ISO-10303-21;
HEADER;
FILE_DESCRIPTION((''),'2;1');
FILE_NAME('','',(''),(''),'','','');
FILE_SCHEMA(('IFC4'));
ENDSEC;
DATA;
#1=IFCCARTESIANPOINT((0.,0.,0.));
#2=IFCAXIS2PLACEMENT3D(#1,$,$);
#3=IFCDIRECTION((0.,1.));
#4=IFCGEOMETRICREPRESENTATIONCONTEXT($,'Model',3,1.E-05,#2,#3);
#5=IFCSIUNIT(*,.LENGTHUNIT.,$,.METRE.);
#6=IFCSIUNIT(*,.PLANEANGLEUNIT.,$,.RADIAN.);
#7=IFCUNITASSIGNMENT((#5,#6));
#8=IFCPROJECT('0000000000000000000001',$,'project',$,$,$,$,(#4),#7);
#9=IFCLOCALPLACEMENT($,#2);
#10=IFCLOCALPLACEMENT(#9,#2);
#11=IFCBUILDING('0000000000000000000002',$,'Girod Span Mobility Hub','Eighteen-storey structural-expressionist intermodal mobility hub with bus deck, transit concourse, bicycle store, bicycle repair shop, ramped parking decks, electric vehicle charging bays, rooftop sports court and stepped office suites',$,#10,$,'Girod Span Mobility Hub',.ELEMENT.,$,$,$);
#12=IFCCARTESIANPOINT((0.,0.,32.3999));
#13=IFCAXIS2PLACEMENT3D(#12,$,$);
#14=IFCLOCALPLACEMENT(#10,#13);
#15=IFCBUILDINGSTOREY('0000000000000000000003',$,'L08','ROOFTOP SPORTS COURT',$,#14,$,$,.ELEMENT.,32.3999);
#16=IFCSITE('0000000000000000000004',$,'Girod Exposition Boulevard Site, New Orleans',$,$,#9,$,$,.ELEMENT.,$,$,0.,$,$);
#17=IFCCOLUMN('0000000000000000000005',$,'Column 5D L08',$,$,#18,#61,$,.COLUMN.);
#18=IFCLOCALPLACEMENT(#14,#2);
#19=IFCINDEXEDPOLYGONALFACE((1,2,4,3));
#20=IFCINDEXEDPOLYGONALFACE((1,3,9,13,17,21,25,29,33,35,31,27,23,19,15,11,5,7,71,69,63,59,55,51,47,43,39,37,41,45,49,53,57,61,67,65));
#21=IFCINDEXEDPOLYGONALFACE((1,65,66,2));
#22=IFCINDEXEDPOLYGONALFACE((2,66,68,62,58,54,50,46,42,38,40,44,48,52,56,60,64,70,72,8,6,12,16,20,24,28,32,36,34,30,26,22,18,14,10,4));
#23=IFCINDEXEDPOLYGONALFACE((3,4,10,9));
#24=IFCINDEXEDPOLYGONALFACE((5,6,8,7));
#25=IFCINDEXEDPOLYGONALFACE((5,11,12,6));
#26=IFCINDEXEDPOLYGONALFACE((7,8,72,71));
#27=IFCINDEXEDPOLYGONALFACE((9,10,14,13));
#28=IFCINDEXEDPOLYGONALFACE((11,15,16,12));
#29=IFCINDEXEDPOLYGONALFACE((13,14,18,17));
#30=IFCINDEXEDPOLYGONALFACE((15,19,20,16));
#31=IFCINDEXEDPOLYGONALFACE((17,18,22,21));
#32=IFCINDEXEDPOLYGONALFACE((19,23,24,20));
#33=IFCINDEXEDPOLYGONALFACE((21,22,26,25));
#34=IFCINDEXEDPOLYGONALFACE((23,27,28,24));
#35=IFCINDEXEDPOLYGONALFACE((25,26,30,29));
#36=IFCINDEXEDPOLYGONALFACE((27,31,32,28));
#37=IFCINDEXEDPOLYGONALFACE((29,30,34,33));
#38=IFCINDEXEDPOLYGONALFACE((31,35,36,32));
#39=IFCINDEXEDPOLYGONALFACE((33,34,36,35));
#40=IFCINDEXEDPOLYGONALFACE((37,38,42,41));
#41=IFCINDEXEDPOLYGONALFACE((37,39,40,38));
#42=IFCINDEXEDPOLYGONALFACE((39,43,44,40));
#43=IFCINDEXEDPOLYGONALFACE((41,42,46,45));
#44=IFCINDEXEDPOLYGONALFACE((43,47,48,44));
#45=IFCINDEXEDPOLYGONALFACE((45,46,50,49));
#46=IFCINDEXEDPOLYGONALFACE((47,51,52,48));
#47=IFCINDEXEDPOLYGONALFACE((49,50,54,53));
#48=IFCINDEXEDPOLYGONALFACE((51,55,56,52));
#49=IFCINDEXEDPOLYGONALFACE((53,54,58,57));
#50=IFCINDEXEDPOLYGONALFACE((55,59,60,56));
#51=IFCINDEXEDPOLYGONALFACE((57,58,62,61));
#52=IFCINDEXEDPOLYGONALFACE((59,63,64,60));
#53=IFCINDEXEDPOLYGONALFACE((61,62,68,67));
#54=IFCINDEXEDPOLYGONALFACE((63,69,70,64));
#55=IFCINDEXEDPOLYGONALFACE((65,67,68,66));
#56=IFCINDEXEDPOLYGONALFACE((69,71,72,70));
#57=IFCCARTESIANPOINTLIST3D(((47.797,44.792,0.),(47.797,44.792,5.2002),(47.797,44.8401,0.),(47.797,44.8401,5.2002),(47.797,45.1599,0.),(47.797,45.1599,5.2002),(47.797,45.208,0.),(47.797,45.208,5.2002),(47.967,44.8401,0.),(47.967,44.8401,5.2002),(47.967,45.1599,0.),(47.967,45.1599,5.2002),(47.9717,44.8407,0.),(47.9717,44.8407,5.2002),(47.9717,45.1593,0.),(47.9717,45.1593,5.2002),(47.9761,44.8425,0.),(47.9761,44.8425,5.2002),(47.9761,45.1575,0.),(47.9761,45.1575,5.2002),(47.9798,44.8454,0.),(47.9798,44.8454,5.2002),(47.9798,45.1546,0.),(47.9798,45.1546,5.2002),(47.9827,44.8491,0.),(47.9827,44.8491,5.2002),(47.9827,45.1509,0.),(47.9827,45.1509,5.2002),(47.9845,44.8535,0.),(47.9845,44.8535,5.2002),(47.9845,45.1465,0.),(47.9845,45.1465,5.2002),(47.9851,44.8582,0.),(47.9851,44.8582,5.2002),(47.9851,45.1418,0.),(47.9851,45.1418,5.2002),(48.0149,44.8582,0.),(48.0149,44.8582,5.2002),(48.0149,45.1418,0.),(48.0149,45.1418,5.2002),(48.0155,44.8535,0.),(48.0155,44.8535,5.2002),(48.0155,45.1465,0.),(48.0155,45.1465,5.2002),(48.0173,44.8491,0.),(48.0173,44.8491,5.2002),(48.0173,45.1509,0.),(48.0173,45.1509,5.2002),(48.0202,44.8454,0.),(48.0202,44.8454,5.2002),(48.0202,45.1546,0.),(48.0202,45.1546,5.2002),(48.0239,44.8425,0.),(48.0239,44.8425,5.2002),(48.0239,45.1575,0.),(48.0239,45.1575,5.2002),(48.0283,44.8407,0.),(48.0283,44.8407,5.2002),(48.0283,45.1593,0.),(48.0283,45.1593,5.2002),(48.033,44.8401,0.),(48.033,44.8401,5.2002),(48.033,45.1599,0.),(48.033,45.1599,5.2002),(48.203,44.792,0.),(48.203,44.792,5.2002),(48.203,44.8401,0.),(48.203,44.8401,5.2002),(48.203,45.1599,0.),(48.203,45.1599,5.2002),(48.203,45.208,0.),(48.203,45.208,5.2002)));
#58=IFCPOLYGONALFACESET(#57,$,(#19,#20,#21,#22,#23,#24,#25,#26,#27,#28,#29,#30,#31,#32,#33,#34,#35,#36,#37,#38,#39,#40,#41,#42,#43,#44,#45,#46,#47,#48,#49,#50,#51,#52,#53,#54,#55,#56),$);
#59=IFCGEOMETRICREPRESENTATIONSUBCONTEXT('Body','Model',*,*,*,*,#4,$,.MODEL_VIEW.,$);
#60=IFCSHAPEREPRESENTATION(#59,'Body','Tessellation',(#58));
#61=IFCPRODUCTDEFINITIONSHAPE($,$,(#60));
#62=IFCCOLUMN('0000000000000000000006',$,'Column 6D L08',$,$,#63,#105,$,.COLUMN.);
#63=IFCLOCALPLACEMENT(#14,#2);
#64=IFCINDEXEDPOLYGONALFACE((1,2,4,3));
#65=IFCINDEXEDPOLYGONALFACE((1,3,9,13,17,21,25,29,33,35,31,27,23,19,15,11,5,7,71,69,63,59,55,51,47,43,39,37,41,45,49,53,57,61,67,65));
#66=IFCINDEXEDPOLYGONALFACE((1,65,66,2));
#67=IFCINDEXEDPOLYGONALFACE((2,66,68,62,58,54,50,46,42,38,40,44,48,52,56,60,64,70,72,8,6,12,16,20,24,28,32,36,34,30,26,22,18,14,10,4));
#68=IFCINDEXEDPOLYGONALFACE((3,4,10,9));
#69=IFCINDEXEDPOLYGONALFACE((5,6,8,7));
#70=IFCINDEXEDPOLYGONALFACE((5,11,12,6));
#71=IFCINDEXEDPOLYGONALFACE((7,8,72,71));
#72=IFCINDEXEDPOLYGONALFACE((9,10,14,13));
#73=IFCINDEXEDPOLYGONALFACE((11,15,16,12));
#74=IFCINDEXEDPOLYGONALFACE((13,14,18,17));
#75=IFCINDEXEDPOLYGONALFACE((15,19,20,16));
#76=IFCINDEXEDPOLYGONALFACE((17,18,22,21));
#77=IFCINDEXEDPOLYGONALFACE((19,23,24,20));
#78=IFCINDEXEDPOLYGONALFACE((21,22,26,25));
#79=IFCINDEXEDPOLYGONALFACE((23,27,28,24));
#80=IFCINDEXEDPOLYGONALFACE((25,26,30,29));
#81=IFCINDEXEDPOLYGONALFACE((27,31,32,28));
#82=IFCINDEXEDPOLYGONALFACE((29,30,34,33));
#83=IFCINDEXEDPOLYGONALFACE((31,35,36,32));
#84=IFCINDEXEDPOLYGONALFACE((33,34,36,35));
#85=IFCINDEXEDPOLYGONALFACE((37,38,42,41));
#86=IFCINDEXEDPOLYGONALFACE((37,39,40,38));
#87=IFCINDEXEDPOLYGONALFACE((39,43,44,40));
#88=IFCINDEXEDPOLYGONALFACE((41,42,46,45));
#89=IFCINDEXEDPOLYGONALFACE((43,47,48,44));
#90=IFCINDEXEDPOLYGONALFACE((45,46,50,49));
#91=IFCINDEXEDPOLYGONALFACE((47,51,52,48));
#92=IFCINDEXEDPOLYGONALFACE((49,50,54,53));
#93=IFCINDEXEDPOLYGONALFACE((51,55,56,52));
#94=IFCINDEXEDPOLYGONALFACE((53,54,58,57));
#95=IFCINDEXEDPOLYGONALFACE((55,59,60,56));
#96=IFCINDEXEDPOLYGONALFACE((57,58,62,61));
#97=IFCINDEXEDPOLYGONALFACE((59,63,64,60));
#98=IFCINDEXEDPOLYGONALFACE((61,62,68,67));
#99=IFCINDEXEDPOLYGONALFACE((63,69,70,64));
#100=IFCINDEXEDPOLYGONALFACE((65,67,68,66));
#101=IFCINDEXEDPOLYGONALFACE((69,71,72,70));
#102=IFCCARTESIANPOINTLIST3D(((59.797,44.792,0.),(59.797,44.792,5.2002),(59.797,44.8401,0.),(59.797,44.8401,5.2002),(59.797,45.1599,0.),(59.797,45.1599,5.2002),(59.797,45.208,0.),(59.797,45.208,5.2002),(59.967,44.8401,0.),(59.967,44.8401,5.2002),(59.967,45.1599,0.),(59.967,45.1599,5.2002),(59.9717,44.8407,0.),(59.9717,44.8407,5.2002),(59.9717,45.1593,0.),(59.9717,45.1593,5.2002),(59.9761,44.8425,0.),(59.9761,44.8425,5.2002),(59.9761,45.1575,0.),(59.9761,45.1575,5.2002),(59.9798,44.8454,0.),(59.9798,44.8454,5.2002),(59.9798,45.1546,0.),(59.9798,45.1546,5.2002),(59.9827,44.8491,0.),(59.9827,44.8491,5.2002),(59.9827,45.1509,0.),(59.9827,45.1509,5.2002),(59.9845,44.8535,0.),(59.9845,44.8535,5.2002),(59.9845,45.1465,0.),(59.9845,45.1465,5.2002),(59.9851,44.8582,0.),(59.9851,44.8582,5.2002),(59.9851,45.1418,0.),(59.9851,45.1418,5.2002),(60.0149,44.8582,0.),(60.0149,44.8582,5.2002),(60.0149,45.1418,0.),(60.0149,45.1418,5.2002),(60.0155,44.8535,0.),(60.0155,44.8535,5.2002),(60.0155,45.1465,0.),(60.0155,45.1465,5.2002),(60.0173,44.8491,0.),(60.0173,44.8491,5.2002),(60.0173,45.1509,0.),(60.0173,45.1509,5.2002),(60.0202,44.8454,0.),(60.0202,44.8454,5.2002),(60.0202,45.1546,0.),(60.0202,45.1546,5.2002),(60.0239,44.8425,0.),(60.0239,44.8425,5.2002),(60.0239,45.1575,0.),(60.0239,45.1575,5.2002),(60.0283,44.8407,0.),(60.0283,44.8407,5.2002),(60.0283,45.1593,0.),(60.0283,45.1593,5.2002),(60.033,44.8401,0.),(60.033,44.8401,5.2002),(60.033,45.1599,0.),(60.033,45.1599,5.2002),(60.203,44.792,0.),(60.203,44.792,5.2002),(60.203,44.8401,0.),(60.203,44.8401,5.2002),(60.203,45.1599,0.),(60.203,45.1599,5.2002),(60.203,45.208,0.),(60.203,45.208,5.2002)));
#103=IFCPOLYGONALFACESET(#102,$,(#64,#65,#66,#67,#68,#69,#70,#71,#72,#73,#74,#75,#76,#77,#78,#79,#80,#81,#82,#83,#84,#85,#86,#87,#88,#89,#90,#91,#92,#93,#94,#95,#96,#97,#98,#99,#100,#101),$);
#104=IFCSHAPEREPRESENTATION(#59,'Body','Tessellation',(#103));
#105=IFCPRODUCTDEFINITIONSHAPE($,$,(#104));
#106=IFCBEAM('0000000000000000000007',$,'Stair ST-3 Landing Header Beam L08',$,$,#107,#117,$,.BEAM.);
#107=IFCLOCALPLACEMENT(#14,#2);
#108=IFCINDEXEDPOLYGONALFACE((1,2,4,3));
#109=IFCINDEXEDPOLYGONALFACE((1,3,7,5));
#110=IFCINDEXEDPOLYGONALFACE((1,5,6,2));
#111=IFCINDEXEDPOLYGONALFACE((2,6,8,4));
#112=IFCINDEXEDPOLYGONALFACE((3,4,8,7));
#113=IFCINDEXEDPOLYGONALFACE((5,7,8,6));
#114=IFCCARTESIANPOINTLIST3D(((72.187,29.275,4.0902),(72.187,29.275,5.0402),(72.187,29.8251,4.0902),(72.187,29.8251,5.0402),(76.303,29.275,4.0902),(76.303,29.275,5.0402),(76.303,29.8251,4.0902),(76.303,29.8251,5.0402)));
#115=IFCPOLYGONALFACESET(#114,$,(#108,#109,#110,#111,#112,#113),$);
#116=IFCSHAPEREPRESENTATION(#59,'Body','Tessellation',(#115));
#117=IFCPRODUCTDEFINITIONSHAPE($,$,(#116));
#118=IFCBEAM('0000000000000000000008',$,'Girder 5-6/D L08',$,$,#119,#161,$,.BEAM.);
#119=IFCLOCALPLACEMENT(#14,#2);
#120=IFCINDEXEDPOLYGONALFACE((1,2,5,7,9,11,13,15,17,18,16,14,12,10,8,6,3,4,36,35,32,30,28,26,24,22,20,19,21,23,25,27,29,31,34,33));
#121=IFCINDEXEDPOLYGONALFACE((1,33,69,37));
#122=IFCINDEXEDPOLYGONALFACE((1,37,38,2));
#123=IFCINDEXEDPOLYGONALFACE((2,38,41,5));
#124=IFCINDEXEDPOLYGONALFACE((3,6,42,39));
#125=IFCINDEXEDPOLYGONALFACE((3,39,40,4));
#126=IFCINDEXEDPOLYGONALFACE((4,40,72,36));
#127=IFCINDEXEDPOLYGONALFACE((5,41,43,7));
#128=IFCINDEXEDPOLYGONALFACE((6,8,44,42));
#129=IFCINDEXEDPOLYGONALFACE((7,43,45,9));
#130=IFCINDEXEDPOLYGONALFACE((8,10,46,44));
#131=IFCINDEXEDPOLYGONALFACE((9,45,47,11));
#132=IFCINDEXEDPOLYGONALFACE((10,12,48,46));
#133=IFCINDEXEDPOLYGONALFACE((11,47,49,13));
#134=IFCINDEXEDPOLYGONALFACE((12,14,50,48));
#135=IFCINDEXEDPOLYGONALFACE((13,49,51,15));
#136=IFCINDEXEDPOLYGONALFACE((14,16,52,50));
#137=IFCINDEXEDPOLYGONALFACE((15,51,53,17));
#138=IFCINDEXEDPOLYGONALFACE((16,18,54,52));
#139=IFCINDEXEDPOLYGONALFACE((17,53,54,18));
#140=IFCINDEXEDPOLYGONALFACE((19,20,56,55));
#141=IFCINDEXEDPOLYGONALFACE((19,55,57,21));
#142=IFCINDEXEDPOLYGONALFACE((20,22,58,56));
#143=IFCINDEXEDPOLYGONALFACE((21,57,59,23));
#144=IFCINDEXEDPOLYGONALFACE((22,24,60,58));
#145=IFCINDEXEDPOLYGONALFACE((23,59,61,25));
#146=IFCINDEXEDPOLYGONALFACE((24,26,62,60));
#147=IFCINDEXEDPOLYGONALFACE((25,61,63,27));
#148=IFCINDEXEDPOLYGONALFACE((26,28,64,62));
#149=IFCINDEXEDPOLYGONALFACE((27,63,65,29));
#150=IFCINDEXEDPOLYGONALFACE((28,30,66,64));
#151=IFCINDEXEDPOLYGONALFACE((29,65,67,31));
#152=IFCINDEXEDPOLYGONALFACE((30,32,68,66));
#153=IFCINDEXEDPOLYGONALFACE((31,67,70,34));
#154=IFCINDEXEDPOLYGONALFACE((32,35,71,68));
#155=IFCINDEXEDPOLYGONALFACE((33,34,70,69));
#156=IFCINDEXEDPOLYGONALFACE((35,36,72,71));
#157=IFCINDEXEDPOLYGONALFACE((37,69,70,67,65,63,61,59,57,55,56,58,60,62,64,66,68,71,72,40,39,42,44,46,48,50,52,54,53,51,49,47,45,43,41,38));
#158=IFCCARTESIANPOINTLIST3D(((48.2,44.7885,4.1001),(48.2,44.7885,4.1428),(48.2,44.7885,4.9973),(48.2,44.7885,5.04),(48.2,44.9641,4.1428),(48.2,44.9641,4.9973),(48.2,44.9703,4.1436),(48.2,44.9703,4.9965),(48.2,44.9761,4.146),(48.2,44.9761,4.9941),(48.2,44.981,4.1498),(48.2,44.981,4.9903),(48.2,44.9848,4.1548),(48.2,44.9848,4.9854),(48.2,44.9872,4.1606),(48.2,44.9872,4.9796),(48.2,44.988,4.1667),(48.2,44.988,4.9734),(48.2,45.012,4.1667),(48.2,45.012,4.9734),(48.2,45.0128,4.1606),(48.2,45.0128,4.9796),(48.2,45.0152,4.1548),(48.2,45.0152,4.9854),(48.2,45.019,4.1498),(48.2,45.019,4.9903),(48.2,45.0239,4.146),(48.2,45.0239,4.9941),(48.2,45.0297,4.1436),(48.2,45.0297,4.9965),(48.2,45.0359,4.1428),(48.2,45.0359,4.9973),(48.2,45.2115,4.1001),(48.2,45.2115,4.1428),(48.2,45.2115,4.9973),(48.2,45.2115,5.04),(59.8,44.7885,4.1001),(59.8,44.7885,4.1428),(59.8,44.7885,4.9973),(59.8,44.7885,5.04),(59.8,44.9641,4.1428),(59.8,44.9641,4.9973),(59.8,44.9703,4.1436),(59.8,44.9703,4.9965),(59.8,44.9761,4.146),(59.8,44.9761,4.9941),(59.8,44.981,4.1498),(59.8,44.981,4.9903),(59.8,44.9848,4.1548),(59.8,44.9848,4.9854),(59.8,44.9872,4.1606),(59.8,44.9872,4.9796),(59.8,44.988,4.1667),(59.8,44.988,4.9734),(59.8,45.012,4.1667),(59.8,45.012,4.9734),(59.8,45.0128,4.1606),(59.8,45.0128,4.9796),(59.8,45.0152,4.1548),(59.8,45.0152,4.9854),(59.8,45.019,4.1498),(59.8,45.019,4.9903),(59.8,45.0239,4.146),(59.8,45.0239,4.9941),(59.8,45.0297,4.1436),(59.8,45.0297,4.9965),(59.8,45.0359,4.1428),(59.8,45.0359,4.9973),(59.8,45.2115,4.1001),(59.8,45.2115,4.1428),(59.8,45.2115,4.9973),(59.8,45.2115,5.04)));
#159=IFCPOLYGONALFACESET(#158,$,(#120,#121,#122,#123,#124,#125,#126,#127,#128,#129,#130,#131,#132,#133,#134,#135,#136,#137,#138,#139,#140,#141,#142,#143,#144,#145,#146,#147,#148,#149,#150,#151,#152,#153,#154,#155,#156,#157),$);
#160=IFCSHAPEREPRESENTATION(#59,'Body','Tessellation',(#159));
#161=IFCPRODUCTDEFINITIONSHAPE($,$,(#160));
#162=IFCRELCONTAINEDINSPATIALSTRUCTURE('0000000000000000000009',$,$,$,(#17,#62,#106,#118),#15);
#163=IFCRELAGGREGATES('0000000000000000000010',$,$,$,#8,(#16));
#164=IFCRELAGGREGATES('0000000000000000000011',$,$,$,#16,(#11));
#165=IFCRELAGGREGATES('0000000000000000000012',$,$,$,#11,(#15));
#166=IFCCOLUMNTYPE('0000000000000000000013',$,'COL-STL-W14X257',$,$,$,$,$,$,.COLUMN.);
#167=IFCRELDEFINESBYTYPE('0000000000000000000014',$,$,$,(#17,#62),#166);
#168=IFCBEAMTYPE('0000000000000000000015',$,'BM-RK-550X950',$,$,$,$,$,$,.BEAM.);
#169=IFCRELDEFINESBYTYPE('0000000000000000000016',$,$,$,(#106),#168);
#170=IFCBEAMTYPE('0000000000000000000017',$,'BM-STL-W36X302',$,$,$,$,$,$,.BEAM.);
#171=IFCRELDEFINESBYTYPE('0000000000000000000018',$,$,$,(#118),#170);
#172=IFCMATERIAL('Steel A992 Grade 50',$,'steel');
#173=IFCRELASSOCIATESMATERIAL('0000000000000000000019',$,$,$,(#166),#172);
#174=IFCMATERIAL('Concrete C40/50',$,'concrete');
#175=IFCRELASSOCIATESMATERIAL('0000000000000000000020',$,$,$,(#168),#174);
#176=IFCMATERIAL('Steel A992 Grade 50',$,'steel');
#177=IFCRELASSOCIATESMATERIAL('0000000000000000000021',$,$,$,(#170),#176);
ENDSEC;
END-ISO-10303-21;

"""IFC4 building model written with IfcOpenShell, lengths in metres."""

from ifc_helpers import new_model, si_unit, direction, frame, origin, origin_2d, place, context, subcontext, project, spatial, rectangle, i_section, extrude, material, material_profile, profile_set, type_object, element, save


model = new_model("IFC4")

# Units and contexts
model_context = context("Model", 3, precision=1e-05, world=origin(), true_north=direction((0.0, 1.0)))
body_context = subcontext(model_context, "Body", "Model", "MODEL_VIEW")
ifc_project = project(units=[si_unit("LENGTHUNIT", "METRE"), si_unit("PLANEANGLEUNIT", "RADIAN")], contexts=[model_context])

# Site, building, storey
site_placement = place(None, origin())
site = spatial("IfcSite", under=ifc_project, at=site_placement, Name="Girod Exposition Boulevard Site, New Orleans", CompositionType="ELEMENT", RefElevation=0.0)
building_placement = place(site_placement, origin())
building = spatial("IfcBuilding", under=site, at=building_placement, Name="Girod Span Mobility Hub", Description="Eighteen-storey structural-expressionist intermodal mobility hub with bus deck, transit concourse, bicycle store, bicycle repair shop, ramped parking decks, electric vehicle charging bays, rooftop sports court and stepped office suites", LongName="Girod Span Mobility Hub", CompositionType="ELEMENT")
storey_placement = place(building_placement, frame((0.0, 0.0, 32.3999)))
storey = spatial("IfcBuildingStorey", under=building, at=storey_placement, Name="L08", Description="ROOFTOP SPORTS COURT", CompositionType="ELEMENT", Elevation=32.3999)

# Columns
ifc_material_1 = material(Name="Steel A992 Grade 50", Category="steel")
ifc_material_profile_1 = material_profile(ifc_material_1, i_section(OverallWidth=0.406, OverallDepth=0.416, WebThickness=0.0298, FlangeThickness=0.0481, FilletRadius=0.0181, at=origin_2d()), Name="W14X257")
ifc_profile_set_1 = profile_set([ifc_material_profile_1], Name="Steel A992 Grade 50")
column_type = type_object("IfcColumnType", Name="COL-STL-W14X257", PredefinedType="COLUMN", material=ifc_profile_set_1)
for number, where, z_axis, x_axis, name in (
    (1, (48.0, 45.0, 0.0), (0.0, 0.0, 1.0), (1.0, 0.0, 0.0), "Column 5D L08"),
    (2, (60.0, 45.0, 0.0), (0.0, 0.0, 1.0), (1.0, 0.0, 0.0), "Column 6D L08"),
):
    element("IfcColumn", number, at=place(storey_placement, frame(where, z_axis=z_axis, x_axis=x_axis)), inside=storey, type_object=column_type, Name=name, PredefinedType="COLUMN", context=body_context, shape_type="SweptSolid", body=[
        extrude(i_section(OverallWidth=0.406, OverallDepth=0.416, WebThickness=0.0298, FlangeThickness=0.0481, FilletRadius=0.0181, at=origin_2d()), origin(), (0.0, 0.0, 1.0), 5.2002),
    ])

# Beams
ifc_material_2 = material(Name="Concrete C40/50", Category="concrete")
ifc_material_profile_2 = material_profile(ifc_material_2, rectangle(XDim=0.55, YDim=0.95, at=origin_2d()), Name="RK-550X950")
ifc_profile_set_2 = profile_set([ifc_material_profile_2], Name="Concrete C40/50")
beam_type_1 = type_object("IfcBeamType", Name="BM-RK-550X950", PredefinedType="BEAM", material=ifc_profile_set_2)
beam_1_placement = place(storey_placement, frame((72.187, 29.55, 4.5652), z_axis=(1.0, 0.0, 0.0), x_axis=(0.0, 1.0, 0.0)))
element("IfcBeam", 3, at=beam_1_placement, inside=storey, type_object=beam_type_1, Name="Stair ST-3 Landing Header Beam L08", PredefinedType="BEAM", context=body_context, shape_type="SweptSolid", body=[
    extrude(rectangle(XDim=0.55, YDim=0.95, at=origin_2d()), origin(), (0.0, 0.0, 1.0), 4.116),
])
ifc_material_3 = material(Name="Steel A992 Grade 50", Category="steel")
ifc_material_profile_3 = material_profile(ifc_material_3, i_section(OverallWidth=0.4231, OverallDepth=0.9399, WebThickness=0.0239, FlangeThickness=0.0427, FilletRadius=0.0239, at=origin_2d()), Name="W36X302")
ifc_profile_set_3 = profile_set([ifc_material_profile_3], Name="Steel A992 Grade 50")
beam_type_2 = type_object("IfcBeamType", Name="BM-STL-W36X302", PredefinedType="BEAM", material=ifc_profile_set_3)
beam_2_placement = place(storey_placement, frame((48.2, 45.0, 4.5701), z_axis=(1.0, 0.0, 0.0), x_axis=(0.0, 1.0, 0.0)))
element("IfcBeam", 4, at=beam_2_placement, inside=storey, type_object=beam_type_2, Name="Girder 5-6/D L08", PredefinedType="BEAM", context=body_context, shape_type="SweptSolid", body=[
    extrude(i_section(OverallWidth=0.4231, OverallDepth=0.9399, WebThickness=0.0239, FlangeThickness=0.0427, FilletRadius=0.0239, at=origin_2d()), origin(), (0.0, 0.0, 1.0), 11.6001),
])

save(model, "model.ifc")
